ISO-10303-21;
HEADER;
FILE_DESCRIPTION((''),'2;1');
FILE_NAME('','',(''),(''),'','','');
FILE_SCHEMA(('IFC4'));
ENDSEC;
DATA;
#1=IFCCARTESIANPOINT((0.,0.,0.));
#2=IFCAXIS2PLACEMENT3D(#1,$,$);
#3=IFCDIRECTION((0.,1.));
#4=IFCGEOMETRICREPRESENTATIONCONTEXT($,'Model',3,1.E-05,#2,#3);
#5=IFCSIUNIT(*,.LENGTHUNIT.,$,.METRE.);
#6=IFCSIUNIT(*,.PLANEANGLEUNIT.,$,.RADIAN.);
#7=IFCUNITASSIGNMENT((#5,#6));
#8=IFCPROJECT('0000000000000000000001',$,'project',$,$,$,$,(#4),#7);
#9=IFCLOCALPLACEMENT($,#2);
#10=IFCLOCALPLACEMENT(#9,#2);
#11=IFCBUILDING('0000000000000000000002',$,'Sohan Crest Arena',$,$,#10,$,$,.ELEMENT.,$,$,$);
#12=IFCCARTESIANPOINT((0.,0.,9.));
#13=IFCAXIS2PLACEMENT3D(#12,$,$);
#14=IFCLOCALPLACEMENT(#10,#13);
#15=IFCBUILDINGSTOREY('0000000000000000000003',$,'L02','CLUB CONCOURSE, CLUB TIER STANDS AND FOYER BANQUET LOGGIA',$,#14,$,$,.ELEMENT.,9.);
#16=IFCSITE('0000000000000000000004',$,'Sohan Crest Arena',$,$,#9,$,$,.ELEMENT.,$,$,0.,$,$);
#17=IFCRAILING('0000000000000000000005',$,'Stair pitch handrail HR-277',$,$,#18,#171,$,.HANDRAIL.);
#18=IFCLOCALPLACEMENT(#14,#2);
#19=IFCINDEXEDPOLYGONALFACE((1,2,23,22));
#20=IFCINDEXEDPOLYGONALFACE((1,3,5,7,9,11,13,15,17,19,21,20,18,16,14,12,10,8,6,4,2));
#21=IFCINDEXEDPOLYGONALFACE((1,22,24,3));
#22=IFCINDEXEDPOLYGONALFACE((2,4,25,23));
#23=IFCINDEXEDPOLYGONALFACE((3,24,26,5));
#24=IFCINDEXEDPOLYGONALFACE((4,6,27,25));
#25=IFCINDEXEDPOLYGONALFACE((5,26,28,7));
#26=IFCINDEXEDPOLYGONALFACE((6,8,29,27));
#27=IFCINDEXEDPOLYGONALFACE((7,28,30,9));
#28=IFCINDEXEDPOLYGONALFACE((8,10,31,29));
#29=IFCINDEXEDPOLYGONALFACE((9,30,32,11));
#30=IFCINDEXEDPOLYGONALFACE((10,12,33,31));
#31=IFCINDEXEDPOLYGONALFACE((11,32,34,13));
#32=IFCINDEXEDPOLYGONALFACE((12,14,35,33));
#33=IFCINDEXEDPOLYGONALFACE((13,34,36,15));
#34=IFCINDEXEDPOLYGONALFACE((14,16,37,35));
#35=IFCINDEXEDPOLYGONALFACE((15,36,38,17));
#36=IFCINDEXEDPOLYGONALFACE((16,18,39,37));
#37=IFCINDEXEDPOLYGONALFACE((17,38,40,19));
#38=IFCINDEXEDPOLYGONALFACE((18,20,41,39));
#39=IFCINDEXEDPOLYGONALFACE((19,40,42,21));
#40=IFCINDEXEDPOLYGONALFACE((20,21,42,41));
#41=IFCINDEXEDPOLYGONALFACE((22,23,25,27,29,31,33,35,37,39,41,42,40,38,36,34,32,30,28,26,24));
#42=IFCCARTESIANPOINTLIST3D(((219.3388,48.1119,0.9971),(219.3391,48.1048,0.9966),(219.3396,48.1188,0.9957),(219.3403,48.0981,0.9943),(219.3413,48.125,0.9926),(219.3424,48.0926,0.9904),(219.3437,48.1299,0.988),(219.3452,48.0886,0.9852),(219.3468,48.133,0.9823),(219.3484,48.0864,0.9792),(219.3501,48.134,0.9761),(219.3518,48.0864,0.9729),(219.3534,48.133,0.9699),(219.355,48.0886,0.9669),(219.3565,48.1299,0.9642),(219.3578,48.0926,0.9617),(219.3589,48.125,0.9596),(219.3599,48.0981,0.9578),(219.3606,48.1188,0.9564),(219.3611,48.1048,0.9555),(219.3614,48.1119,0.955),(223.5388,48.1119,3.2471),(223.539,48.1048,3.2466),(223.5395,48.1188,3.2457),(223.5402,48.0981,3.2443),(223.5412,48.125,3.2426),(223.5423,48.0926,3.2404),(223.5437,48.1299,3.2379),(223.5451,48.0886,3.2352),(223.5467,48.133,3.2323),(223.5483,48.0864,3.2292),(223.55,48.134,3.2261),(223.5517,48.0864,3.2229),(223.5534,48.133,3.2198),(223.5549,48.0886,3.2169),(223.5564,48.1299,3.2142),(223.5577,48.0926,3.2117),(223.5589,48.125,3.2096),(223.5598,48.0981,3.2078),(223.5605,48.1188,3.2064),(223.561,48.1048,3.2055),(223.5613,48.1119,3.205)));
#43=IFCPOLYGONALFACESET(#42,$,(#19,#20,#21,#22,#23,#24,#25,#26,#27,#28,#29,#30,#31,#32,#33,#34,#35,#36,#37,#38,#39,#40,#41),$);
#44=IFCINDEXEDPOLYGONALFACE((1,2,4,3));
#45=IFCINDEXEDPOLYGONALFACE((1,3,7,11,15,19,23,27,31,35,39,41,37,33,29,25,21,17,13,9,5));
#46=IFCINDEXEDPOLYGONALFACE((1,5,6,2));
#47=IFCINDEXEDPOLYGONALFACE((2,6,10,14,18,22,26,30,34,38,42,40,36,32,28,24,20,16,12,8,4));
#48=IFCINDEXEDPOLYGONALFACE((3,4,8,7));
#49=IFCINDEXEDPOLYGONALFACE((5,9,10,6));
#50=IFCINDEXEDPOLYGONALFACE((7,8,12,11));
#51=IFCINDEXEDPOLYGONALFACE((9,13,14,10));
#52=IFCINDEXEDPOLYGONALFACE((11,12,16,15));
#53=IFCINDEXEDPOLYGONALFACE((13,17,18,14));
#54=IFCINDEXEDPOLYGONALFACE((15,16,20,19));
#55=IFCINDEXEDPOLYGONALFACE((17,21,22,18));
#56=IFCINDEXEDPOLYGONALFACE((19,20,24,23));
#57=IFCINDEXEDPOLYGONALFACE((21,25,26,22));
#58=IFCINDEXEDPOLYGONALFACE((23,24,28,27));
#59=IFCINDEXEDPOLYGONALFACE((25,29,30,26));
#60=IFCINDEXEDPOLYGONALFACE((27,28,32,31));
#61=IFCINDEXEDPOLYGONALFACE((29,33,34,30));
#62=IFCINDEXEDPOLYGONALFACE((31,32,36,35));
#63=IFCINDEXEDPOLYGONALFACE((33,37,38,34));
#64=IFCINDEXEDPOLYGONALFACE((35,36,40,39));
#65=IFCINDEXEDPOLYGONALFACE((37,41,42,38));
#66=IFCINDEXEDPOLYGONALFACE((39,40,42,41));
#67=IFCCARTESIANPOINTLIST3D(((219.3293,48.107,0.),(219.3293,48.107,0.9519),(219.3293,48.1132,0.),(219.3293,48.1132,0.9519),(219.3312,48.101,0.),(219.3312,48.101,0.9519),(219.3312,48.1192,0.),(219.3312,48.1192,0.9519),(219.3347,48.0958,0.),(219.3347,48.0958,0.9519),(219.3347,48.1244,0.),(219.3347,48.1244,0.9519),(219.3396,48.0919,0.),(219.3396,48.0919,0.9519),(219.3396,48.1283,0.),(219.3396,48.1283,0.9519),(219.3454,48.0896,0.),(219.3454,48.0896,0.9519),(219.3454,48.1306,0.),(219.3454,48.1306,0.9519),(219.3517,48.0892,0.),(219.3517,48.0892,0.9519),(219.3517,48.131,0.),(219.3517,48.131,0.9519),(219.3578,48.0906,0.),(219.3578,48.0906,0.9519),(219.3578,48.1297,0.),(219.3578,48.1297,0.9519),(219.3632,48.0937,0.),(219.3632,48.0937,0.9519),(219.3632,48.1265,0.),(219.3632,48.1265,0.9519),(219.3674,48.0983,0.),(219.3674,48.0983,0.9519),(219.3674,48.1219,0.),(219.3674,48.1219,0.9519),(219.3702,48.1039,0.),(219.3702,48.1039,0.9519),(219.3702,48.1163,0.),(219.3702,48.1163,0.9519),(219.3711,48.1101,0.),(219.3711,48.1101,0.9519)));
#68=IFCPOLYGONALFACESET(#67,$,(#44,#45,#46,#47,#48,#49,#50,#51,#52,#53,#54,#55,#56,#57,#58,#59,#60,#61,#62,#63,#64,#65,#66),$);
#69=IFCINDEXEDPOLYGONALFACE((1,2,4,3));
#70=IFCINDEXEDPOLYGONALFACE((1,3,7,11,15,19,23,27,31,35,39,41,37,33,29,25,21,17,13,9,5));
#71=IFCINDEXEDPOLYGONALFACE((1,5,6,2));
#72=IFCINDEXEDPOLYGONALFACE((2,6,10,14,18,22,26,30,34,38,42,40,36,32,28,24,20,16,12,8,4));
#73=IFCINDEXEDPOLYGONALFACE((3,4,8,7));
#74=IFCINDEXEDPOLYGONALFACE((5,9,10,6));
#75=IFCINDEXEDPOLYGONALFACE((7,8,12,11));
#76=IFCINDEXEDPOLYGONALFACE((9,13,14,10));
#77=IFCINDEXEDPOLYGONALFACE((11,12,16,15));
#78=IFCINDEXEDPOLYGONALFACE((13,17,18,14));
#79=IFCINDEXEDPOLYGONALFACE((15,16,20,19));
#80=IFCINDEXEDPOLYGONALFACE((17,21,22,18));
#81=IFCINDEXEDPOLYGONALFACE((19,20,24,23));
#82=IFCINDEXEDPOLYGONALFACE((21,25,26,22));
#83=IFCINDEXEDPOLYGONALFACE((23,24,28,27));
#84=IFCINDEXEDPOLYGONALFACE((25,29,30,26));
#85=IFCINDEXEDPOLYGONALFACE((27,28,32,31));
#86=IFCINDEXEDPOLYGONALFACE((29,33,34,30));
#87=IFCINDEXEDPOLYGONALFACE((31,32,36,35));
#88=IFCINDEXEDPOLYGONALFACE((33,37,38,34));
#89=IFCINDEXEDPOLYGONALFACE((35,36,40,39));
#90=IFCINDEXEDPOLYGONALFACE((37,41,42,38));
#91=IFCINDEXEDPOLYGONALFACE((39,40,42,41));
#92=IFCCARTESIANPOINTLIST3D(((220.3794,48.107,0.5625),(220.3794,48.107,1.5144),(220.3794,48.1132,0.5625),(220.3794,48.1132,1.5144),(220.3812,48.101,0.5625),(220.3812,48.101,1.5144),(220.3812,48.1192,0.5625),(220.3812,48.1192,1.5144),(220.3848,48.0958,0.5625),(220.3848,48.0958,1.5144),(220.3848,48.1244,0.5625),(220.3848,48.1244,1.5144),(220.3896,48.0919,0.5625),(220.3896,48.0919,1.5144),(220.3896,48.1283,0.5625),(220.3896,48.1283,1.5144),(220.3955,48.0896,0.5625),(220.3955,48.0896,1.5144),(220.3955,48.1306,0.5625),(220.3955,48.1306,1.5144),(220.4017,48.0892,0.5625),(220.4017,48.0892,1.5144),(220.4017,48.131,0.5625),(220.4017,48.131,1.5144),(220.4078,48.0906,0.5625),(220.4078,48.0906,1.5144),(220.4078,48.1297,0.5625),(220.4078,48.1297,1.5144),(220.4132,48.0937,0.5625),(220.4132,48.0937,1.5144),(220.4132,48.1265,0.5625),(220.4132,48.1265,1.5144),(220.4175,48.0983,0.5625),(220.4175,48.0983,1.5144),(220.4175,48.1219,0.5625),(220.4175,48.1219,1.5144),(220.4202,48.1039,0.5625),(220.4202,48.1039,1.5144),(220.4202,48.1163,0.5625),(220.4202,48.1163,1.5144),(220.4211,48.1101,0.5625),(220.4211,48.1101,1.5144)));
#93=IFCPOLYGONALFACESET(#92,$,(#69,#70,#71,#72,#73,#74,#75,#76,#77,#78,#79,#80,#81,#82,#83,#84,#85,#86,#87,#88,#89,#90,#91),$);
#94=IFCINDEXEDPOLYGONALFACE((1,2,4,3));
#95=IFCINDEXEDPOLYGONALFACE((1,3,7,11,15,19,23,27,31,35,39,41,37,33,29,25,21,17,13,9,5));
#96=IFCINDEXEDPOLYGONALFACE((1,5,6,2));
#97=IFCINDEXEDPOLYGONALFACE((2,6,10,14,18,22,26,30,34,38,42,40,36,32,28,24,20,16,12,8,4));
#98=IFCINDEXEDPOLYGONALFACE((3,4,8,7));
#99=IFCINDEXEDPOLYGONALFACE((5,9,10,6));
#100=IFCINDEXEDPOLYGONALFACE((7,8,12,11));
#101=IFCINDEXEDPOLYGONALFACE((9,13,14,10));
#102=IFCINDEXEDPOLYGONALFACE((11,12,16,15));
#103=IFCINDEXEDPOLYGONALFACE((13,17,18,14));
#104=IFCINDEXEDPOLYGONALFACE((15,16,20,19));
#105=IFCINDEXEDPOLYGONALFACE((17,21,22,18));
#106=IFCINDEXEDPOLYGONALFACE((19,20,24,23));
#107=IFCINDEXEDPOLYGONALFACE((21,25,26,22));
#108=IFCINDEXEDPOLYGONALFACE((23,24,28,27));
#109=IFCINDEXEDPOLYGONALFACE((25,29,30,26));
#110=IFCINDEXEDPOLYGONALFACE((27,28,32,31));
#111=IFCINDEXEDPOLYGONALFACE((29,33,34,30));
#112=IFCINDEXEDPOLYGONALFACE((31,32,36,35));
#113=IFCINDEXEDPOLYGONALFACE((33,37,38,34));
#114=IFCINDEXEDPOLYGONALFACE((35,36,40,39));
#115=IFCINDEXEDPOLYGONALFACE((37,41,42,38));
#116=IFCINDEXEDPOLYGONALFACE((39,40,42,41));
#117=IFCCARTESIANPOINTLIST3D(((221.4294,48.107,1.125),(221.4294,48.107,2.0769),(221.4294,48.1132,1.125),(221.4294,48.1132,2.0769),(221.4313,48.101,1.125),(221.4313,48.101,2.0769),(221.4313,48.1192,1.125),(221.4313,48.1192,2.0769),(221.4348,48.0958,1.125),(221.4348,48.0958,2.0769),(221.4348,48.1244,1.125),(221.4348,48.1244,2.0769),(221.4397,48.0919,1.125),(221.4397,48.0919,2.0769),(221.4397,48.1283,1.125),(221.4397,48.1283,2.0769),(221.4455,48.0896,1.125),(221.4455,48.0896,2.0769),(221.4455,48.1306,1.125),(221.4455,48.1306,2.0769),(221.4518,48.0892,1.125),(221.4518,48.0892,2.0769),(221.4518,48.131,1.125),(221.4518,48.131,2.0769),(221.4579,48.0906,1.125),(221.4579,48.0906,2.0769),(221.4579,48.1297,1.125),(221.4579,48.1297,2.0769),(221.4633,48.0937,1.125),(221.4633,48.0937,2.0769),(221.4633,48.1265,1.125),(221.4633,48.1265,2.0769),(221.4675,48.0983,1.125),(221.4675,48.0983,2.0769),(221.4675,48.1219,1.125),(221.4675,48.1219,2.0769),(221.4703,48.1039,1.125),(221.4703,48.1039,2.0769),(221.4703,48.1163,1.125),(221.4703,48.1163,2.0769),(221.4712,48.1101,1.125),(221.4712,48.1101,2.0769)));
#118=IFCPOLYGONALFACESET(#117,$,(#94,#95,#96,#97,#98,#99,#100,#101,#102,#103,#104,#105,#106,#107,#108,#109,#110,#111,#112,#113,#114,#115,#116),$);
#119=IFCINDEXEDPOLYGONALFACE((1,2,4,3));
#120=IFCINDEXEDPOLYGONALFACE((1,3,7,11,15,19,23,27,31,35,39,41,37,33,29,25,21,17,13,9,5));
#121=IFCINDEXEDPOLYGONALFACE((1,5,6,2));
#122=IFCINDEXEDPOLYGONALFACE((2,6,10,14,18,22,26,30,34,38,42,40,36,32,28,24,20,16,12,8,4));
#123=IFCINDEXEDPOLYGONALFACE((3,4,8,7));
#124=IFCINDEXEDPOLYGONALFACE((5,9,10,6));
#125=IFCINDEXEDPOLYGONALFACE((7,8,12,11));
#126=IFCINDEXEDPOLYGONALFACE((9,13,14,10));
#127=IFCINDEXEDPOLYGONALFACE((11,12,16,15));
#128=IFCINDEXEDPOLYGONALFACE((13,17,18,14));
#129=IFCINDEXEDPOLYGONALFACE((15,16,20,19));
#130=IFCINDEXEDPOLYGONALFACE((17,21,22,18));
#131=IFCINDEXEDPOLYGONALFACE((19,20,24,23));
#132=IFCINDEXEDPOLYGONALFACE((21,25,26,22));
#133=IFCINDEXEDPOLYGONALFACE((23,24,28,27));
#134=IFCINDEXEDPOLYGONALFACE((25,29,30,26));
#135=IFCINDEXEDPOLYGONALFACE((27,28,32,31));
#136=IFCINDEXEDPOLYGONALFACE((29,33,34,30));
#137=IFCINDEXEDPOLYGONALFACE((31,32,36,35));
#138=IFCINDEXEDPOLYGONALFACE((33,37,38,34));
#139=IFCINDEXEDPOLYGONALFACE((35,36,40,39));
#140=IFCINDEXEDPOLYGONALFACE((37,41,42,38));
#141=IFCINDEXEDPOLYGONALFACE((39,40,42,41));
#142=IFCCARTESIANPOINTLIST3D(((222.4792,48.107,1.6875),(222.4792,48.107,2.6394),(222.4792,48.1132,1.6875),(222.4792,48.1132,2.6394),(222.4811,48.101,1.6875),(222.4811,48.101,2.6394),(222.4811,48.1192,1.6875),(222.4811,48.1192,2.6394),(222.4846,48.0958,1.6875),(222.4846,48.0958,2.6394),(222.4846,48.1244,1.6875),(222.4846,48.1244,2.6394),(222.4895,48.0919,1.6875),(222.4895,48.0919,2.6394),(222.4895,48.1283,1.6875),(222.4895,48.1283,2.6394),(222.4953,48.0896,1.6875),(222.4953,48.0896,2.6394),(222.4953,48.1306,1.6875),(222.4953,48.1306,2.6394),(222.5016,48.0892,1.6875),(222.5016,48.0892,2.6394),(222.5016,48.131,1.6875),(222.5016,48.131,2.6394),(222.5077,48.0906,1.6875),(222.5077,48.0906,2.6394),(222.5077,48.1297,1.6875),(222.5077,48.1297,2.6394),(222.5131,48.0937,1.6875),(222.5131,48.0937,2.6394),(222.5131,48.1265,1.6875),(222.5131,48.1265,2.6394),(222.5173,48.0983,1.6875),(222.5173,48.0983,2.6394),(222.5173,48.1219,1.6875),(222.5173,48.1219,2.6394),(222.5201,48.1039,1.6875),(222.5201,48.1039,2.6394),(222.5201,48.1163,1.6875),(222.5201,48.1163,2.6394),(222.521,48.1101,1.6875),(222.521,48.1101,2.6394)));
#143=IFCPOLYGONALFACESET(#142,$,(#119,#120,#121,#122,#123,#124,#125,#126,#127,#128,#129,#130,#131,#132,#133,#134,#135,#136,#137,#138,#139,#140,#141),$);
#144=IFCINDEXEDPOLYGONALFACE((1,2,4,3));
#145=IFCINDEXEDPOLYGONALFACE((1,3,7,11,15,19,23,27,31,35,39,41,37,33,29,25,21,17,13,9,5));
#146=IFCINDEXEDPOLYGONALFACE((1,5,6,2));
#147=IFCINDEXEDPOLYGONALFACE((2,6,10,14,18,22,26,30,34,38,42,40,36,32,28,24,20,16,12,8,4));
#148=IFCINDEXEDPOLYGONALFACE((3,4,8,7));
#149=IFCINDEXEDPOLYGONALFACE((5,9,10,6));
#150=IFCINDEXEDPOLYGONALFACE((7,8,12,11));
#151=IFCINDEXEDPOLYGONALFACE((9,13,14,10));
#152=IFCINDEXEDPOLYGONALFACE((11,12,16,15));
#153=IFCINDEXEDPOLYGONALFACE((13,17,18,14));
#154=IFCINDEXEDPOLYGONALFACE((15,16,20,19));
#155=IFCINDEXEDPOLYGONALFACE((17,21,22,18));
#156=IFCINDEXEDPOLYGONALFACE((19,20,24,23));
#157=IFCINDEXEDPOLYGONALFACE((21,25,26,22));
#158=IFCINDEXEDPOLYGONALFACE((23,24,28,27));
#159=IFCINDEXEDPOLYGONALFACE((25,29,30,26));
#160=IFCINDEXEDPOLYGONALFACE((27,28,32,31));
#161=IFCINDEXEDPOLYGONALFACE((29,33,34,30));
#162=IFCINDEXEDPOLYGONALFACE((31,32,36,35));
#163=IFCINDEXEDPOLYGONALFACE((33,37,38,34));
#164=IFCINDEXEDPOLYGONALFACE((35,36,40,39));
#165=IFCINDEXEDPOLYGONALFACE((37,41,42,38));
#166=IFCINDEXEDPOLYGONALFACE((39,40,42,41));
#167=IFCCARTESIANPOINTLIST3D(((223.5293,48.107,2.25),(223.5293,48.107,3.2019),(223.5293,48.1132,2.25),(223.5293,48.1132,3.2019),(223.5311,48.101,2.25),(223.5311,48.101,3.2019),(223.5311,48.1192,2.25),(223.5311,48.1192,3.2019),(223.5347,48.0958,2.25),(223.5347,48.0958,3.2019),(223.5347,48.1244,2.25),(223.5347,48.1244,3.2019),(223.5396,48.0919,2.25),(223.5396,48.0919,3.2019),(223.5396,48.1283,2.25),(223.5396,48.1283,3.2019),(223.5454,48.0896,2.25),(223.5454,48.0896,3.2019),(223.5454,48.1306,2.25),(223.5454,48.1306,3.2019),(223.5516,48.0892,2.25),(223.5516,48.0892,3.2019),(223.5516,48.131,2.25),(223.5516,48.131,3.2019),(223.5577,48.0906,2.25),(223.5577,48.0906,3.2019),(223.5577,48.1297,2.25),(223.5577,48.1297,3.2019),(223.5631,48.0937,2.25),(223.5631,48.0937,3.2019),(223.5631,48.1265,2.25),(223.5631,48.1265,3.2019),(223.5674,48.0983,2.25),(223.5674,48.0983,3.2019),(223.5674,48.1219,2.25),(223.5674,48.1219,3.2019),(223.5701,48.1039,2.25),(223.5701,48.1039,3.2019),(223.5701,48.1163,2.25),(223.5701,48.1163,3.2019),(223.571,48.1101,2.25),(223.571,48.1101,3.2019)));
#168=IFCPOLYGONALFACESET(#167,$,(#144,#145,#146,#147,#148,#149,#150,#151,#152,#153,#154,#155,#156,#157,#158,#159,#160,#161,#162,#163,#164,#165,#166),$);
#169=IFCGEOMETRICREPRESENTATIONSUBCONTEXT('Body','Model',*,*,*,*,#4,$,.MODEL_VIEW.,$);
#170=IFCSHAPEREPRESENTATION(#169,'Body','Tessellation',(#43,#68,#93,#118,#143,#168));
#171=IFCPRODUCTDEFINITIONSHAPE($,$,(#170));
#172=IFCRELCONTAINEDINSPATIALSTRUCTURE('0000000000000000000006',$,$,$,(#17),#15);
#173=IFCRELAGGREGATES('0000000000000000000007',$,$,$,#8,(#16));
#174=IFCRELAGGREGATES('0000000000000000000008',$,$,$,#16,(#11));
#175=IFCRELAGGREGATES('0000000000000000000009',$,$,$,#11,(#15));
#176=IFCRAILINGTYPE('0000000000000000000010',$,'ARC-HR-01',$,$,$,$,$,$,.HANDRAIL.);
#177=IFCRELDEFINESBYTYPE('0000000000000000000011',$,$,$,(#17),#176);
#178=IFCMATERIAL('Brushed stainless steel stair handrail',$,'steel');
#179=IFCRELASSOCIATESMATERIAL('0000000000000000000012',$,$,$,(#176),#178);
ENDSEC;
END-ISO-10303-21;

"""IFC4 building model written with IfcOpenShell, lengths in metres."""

from ifc_helpers import new_model, si_unit, direction, frame, origin, origin_2d, place, context, subcontext, project, spatial, circle, extrude, material, type_object, element, save


model = new_model("IFC4")

# Units and contexts
model_context = context("Model", 3, precision=1e-05, world=origin(), true_north=direction((0.0, 1.0)))
body_context = subcontext(model_context, "Body", "Model", "MODEL_VIEW")
ifc_project = project(units=[si_unit("LENGTHUNIT", "METRE"), si_unit("PLANEANGLEUNIT", "RADIAN")], contexts=[model_context])

# Site, building, storey
site_placement = place(None, origin())
site = spatial("IfcSite", under=ifc_project, at=site_placement, Name="Sohan Crest Arena", CompositionType="ELEMENT", RefElevation=0.0)
building_placement = place(site_placement, origin())
building = spatial("IfcBuilding", under=site, at=building_placement, Name="Sohan Crest Arena", CompositionType="ELEMENT")
storey_placement = place(building_placement, frame((0.0, 0.0, 9.0)))
storey = spatial("IfcBuildingStorey", under=building, at=storey_placement, Name="L02", Description="CLUB CONCOURSE, CLUB TIER STANDS AND FOYER BANQUET LOGGIA", CompositionType="ELEMENT", Elevation=9.0)

# Railing
ifc_material_1 = material(Name="Brushed stainless steel stair handrail", Category="steel")
railing_type_1 = type_object("IfcRailingType", Name="ARC-HR-01", PredefinedType="HANDRAIL", material=ifc_material_1)
for number, where, name in (
    (1, (219.3501, 48.1101, 0.0), "Stair pitch handrail HR-277"),
):
    element("IfcRailing", number, at=place(storey_placement, frame(where)), inside=storey, type_object=railing_type_1, Name=name, PredefinedType="HANDRAIL", context=body_context, shape_type="SweptSolid", body=[
        extrude(circle(Radius=0.0239, at=origin_2d()), frame((0.0, 0.0, 0.9761), z_axis=(0.881478, 0.0, 0.472226), x_axis=(0.0, 1.0, 0.0)), (0.0, 0.0, 1.0), 4.7646),
        extrude(circle(Radius=0.021, at=origin_2d()), origin(), (0.0, 0.0, 1.0), 0.9519),
        extrude(circle(Radius=0.021, at=origin_2d()), frame((1.05, 0.0, 0.5625)), (0.0, 0.0, 1.0), 0.9519),
        extrude(circle(Radius=0.021, at=origin_2d()), frame((2.1001, 0.0, 1.125)), (0.0, 0.0, 1.0), 0.9519),
        extrude(circle(Radius=0.021, at=origin_2d()), frame((3.1499, 0.0, 1.6875)), (0.0, 0.0, 1.0), 0.9519),
        extrude(circle(Radius=0.021, at=origin_2d()), frame((4.2, 0.0, 2.25)), (0.0, 0.0, 1.0), 0.9519),
    ])

save(model, "model.ifc")
